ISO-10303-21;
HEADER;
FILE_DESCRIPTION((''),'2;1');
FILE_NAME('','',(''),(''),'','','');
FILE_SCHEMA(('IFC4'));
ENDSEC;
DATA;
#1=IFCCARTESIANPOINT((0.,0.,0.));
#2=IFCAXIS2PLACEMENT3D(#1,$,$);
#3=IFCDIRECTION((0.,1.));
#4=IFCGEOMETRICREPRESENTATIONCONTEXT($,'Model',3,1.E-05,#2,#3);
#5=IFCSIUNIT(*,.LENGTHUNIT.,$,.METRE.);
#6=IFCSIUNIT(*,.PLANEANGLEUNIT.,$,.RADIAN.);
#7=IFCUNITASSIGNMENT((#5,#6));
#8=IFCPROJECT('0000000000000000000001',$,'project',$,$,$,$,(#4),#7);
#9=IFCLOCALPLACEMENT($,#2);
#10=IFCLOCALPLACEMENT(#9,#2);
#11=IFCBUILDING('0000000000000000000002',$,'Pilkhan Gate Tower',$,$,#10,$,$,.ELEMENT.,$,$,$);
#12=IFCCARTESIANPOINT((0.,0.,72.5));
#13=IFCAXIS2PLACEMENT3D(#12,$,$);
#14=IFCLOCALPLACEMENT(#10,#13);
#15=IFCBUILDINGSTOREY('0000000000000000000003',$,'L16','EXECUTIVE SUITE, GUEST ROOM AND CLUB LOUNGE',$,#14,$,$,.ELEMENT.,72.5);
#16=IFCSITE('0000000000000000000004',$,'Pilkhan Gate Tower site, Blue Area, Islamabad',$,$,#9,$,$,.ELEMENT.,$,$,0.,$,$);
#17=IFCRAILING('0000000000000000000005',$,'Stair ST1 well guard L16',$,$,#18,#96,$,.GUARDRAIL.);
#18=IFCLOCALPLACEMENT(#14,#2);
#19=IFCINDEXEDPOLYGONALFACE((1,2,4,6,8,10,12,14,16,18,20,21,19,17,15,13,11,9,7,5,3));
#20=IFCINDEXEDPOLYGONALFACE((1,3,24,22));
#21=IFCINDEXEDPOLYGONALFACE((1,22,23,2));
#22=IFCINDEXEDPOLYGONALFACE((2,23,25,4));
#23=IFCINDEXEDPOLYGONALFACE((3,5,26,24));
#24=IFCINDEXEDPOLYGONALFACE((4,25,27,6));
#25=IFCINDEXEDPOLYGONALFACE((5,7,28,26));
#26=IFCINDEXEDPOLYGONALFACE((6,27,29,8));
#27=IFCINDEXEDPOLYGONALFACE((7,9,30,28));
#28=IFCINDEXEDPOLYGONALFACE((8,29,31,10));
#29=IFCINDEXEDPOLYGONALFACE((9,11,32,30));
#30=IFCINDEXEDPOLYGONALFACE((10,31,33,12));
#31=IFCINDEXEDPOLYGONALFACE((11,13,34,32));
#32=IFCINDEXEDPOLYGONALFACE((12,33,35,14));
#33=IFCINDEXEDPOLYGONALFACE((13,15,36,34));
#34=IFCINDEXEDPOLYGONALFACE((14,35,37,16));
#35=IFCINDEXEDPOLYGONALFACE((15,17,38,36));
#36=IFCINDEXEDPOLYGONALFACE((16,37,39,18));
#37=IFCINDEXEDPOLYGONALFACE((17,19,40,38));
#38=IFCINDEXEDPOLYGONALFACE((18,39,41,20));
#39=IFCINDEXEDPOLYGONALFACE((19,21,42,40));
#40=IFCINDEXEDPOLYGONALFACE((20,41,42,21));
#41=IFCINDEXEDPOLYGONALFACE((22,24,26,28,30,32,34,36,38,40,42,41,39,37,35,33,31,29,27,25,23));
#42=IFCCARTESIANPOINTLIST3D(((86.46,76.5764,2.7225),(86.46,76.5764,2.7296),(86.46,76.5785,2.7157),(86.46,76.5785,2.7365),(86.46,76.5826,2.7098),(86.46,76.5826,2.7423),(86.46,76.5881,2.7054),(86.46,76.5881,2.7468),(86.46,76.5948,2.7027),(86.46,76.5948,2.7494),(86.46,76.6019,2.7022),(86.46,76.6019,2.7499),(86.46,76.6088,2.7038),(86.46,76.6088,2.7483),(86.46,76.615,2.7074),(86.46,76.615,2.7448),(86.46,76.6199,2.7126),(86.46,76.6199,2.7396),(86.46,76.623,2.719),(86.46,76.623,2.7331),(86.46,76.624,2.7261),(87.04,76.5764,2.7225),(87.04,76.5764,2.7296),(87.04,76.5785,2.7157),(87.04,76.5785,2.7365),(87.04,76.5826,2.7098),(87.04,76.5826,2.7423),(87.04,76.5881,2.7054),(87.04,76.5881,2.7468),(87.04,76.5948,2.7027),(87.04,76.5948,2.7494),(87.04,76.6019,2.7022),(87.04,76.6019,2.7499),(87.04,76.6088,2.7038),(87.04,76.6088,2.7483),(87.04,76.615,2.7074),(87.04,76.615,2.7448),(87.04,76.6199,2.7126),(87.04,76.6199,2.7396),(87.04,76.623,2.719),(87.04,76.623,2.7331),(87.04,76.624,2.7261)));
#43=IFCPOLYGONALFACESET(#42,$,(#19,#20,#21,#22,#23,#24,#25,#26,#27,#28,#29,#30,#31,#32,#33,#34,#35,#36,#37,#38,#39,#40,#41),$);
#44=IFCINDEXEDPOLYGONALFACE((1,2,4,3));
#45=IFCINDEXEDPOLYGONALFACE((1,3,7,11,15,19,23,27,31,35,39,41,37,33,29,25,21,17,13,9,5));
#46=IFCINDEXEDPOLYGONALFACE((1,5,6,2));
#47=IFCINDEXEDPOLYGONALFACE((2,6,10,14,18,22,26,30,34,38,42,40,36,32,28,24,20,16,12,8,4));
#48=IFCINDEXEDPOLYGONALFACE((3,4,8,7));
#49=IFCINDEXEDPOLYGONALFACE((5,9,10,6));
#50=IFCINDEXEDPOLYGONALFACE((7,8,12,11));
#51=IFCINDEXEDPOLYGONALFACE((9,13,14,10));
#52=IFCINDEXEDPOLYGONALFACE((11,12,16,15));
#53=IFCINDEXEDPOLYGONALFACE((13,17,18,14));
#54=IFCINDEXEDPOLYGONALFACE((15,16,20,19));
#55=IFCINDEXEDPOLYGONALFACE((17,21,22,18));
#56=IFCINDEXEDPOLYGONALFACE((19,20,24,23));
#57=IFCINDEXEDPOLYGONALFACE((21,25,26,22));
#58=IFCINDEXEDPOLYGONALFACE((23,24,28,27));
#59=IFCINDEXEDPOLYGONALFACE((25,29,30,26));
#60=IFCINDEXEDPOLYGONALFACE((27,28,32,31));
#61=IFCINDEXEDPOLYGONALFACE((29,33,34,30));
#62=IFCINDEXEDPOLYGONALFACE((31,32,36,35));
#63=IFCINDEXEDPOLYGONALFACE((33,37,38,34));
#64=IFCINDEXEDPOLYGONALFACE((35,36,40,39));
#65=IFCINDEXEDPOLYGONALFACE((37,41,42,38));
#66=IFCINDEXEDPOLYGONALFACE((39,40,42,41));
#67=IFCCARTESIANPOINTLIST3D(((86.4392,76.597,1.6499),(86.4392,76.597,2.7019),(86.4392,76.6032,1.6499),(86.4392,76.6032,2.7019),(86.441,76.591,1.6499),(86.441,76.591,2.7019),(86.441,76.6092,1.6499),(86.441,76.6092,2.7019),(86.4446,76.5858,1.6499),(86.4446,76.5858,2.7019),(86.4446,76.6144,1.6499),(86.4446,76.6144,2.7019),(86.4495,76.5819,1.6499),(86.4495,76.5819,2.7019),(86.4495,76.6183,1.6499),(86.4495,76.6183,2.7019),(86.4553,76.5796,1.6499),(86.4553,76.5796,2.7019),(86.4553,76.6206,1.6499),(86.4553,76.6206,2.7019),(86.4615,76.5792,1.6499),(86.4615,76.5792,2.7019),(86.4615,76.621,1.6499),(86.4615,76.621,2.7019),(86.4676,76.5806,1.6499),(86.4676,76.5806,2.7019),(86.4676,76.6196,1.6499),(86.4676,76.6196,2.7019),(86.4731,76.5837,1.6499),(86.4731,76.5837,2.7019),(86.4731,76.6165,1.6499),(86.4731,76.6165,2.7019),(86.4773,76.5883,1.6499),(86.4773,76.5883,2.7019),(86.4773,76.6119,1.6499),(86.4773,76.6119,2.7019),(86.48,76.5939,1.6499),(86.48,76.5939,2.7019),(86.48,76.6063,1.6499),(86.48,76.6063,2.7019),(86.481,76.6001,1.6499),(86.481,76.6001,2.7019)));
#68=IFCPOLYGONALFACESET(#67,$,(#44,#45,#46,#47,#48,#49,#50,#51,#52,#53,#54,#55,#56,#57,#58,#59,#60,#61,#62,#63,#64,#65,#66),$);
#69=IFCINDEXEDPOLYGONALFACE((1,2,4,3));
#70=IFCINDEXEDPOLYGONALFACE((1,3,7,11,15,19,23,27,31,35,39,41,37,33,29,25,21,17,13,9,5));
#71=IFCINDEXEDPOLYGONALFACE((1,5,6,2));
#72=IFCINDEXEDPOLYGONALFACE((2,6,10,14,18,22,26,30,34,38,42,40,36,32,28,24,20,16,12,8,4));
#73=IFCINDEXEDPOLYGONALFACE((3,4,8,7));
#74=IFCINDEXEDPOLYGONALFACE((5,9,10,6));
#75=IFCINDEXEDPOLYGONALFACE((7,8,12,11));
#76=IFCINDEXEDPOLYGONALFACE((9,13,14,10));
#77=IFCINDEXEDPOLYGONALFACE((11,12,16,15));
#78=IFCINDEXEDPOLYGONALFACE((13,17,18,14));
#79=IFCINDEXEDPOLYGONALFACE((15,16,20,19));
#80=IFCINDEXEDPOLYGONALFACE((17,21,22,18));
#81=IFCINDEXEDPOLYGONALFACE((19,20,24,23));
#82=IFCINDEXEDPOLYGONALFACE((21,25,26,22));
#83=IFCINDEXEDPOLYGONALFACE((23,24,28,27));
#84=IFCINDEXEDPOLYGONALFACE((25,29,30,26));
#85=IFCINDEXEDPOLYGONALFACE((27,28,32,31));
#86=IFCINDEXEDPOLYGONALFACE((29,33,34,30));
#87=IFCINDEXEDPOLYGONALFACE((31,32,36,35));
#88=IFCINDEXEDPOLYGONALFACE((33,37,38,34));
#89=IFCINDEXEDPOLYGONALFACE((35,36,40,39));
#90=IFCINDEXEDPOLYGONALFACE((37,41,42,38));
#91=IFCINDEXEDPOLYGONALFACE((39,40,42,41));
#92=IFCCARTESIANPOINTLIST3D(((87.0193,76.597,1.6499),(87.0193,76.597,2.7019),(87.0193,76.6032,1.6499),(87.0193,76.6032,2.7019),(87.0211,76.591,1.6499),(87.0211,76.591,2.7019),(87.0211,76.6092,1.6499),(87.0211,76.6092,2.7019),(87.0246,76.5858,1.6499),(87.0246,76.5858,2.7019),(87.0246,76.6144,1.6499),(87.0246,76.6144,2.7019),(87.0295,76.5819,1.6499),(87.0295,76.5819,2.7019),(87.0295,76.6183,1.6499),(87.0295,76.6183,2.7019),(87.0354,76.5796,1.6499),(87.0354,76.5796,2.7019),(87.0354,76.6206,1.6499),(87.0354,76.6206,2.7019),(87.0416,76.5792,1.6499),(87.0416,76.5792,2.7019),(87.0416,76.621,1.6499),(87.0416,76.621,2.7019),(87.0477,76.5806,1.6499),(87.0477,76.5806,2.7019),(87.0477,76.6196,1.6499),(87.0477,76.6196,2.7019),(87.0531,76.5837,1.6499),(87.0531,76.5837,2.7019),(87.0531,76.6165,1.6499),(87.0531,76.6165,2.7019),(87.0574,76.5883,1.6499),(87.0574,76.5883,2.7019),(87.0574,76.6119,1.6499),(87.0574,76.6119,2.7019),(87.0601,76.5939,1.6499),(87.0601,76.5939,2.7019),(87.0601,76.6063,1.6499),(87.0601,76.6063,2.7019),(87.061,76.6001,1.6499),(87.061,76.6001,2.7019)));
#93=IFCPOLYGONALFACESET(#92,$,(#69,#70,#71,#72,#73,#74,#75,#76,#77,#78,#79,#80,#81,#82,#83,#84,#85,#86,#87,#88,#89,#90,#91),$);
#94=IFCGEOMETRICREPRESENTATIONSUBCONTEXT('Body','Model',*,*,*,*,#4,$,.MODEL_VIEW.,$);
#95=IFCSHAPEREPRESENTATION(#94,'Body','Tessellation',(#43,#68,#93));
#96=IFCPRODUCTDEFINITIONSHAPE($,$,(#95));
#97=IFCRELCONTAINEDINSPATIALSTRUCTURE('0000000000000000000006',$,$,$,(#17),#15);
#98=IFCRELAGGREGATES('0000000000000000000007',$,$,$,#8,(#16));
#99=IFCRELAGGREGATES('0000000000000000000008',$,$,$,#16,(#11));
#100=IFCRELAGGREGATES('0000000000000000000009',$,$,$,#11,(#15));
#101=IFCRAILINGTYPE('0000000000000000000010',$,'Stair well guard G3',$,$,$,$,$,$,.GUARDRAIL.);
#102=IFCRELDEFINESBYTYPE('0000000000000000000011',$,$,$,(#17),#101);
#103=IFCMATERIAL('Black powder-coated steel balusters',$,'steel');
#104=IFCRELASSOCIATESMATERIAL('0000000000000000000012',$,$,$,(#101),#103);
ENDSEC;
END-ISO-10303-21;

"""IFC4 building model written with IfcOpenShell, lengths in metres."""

from ifc_helpers import new_model, si_unit, direction, frame, origin, origin_2d, place, context, subcontext, project, spatial, circle, extrude, material, type_object, element, save


model = new_model("IFC4")

# Units and contexts
model_context = context("Model", 3, precision=1e-05, world=origin(), true_north=direction((0.0, 1.0)))
body_context = subcontext(model_context, "Body", "Model", "MODEL_VIEW")
ifc_project = project(units=[si_unit("LENGTHUNIT", "METRE"), si_unit("PLANEANGLEUNIT", "RADIAN")], contexts=[model_context])

# Site, building, storey
site_placement = place(None, origin())
site = spatial("IfcSite", under=ifc_project, at=site_placement, Name="Pilkhan Gate Tower site, Blue Area, Islamabad", CompositionType="ELEMENT", RefElevation=0.0)
building_placement = place(site_placement, origin())
building = spatial("IfcBuilding", under=site, at=building_placement, Name="Pilkhan Gate Tower", CompositionType="ELEMENT")
storey_placement = place(building_placement, frame((0.0, 0.0, 72.5)))
storey = spatial("IfcBuildingStorey", under=building, at=storey_placement, Name="L16", Description="EXECUTIVE SUITE, GUEST ROOM AND CLUB LOUNGE", CompositionType="ELEMENT", Elevation=72.5)

# Railing
ifc_material_1 = material(Name="Black powder-coated steel balusters", Category="steel")
railing_type_1 = type_object("IfcRailingType", Name="Stair well guard G3", PredefinedType="GUARDRAIL", material=ifc_material_1)
for number, where, name in (
    (1, (86.46, 76.6001, 1.6499), "Stair ST1 well guard L16"),
):
    element("IfcRailing", number, at=place(storey_placement, frame(where)), inside=storey, type_object=railing_type_1, Name=name, PredefinedType="GUARDRAIL", context=body_context, shape_type="SweptSolid", body=[
        extrude(circle(Radius=0.0239, at=origin_2d()), frame((0.0, 0.0, 1.0762), z_axis=(1.0, 0.0, 0.0), x_axis=(0.0, 1.0, 0.0)), (0.0, 0.0, 1.0), 0.5801),
        extrude(circle(Radius=0.021, at=origin_2d()), origin(), (0.0, 0.0, 1.0), 1.052),
        extrude(circle(Radius=0.021, at=origin_2d()), frame((0.5801, 0.0, 0.0)), (0.0, 0.0, 1.0), 1.052),
    ])

save(model, "model.ifc")
